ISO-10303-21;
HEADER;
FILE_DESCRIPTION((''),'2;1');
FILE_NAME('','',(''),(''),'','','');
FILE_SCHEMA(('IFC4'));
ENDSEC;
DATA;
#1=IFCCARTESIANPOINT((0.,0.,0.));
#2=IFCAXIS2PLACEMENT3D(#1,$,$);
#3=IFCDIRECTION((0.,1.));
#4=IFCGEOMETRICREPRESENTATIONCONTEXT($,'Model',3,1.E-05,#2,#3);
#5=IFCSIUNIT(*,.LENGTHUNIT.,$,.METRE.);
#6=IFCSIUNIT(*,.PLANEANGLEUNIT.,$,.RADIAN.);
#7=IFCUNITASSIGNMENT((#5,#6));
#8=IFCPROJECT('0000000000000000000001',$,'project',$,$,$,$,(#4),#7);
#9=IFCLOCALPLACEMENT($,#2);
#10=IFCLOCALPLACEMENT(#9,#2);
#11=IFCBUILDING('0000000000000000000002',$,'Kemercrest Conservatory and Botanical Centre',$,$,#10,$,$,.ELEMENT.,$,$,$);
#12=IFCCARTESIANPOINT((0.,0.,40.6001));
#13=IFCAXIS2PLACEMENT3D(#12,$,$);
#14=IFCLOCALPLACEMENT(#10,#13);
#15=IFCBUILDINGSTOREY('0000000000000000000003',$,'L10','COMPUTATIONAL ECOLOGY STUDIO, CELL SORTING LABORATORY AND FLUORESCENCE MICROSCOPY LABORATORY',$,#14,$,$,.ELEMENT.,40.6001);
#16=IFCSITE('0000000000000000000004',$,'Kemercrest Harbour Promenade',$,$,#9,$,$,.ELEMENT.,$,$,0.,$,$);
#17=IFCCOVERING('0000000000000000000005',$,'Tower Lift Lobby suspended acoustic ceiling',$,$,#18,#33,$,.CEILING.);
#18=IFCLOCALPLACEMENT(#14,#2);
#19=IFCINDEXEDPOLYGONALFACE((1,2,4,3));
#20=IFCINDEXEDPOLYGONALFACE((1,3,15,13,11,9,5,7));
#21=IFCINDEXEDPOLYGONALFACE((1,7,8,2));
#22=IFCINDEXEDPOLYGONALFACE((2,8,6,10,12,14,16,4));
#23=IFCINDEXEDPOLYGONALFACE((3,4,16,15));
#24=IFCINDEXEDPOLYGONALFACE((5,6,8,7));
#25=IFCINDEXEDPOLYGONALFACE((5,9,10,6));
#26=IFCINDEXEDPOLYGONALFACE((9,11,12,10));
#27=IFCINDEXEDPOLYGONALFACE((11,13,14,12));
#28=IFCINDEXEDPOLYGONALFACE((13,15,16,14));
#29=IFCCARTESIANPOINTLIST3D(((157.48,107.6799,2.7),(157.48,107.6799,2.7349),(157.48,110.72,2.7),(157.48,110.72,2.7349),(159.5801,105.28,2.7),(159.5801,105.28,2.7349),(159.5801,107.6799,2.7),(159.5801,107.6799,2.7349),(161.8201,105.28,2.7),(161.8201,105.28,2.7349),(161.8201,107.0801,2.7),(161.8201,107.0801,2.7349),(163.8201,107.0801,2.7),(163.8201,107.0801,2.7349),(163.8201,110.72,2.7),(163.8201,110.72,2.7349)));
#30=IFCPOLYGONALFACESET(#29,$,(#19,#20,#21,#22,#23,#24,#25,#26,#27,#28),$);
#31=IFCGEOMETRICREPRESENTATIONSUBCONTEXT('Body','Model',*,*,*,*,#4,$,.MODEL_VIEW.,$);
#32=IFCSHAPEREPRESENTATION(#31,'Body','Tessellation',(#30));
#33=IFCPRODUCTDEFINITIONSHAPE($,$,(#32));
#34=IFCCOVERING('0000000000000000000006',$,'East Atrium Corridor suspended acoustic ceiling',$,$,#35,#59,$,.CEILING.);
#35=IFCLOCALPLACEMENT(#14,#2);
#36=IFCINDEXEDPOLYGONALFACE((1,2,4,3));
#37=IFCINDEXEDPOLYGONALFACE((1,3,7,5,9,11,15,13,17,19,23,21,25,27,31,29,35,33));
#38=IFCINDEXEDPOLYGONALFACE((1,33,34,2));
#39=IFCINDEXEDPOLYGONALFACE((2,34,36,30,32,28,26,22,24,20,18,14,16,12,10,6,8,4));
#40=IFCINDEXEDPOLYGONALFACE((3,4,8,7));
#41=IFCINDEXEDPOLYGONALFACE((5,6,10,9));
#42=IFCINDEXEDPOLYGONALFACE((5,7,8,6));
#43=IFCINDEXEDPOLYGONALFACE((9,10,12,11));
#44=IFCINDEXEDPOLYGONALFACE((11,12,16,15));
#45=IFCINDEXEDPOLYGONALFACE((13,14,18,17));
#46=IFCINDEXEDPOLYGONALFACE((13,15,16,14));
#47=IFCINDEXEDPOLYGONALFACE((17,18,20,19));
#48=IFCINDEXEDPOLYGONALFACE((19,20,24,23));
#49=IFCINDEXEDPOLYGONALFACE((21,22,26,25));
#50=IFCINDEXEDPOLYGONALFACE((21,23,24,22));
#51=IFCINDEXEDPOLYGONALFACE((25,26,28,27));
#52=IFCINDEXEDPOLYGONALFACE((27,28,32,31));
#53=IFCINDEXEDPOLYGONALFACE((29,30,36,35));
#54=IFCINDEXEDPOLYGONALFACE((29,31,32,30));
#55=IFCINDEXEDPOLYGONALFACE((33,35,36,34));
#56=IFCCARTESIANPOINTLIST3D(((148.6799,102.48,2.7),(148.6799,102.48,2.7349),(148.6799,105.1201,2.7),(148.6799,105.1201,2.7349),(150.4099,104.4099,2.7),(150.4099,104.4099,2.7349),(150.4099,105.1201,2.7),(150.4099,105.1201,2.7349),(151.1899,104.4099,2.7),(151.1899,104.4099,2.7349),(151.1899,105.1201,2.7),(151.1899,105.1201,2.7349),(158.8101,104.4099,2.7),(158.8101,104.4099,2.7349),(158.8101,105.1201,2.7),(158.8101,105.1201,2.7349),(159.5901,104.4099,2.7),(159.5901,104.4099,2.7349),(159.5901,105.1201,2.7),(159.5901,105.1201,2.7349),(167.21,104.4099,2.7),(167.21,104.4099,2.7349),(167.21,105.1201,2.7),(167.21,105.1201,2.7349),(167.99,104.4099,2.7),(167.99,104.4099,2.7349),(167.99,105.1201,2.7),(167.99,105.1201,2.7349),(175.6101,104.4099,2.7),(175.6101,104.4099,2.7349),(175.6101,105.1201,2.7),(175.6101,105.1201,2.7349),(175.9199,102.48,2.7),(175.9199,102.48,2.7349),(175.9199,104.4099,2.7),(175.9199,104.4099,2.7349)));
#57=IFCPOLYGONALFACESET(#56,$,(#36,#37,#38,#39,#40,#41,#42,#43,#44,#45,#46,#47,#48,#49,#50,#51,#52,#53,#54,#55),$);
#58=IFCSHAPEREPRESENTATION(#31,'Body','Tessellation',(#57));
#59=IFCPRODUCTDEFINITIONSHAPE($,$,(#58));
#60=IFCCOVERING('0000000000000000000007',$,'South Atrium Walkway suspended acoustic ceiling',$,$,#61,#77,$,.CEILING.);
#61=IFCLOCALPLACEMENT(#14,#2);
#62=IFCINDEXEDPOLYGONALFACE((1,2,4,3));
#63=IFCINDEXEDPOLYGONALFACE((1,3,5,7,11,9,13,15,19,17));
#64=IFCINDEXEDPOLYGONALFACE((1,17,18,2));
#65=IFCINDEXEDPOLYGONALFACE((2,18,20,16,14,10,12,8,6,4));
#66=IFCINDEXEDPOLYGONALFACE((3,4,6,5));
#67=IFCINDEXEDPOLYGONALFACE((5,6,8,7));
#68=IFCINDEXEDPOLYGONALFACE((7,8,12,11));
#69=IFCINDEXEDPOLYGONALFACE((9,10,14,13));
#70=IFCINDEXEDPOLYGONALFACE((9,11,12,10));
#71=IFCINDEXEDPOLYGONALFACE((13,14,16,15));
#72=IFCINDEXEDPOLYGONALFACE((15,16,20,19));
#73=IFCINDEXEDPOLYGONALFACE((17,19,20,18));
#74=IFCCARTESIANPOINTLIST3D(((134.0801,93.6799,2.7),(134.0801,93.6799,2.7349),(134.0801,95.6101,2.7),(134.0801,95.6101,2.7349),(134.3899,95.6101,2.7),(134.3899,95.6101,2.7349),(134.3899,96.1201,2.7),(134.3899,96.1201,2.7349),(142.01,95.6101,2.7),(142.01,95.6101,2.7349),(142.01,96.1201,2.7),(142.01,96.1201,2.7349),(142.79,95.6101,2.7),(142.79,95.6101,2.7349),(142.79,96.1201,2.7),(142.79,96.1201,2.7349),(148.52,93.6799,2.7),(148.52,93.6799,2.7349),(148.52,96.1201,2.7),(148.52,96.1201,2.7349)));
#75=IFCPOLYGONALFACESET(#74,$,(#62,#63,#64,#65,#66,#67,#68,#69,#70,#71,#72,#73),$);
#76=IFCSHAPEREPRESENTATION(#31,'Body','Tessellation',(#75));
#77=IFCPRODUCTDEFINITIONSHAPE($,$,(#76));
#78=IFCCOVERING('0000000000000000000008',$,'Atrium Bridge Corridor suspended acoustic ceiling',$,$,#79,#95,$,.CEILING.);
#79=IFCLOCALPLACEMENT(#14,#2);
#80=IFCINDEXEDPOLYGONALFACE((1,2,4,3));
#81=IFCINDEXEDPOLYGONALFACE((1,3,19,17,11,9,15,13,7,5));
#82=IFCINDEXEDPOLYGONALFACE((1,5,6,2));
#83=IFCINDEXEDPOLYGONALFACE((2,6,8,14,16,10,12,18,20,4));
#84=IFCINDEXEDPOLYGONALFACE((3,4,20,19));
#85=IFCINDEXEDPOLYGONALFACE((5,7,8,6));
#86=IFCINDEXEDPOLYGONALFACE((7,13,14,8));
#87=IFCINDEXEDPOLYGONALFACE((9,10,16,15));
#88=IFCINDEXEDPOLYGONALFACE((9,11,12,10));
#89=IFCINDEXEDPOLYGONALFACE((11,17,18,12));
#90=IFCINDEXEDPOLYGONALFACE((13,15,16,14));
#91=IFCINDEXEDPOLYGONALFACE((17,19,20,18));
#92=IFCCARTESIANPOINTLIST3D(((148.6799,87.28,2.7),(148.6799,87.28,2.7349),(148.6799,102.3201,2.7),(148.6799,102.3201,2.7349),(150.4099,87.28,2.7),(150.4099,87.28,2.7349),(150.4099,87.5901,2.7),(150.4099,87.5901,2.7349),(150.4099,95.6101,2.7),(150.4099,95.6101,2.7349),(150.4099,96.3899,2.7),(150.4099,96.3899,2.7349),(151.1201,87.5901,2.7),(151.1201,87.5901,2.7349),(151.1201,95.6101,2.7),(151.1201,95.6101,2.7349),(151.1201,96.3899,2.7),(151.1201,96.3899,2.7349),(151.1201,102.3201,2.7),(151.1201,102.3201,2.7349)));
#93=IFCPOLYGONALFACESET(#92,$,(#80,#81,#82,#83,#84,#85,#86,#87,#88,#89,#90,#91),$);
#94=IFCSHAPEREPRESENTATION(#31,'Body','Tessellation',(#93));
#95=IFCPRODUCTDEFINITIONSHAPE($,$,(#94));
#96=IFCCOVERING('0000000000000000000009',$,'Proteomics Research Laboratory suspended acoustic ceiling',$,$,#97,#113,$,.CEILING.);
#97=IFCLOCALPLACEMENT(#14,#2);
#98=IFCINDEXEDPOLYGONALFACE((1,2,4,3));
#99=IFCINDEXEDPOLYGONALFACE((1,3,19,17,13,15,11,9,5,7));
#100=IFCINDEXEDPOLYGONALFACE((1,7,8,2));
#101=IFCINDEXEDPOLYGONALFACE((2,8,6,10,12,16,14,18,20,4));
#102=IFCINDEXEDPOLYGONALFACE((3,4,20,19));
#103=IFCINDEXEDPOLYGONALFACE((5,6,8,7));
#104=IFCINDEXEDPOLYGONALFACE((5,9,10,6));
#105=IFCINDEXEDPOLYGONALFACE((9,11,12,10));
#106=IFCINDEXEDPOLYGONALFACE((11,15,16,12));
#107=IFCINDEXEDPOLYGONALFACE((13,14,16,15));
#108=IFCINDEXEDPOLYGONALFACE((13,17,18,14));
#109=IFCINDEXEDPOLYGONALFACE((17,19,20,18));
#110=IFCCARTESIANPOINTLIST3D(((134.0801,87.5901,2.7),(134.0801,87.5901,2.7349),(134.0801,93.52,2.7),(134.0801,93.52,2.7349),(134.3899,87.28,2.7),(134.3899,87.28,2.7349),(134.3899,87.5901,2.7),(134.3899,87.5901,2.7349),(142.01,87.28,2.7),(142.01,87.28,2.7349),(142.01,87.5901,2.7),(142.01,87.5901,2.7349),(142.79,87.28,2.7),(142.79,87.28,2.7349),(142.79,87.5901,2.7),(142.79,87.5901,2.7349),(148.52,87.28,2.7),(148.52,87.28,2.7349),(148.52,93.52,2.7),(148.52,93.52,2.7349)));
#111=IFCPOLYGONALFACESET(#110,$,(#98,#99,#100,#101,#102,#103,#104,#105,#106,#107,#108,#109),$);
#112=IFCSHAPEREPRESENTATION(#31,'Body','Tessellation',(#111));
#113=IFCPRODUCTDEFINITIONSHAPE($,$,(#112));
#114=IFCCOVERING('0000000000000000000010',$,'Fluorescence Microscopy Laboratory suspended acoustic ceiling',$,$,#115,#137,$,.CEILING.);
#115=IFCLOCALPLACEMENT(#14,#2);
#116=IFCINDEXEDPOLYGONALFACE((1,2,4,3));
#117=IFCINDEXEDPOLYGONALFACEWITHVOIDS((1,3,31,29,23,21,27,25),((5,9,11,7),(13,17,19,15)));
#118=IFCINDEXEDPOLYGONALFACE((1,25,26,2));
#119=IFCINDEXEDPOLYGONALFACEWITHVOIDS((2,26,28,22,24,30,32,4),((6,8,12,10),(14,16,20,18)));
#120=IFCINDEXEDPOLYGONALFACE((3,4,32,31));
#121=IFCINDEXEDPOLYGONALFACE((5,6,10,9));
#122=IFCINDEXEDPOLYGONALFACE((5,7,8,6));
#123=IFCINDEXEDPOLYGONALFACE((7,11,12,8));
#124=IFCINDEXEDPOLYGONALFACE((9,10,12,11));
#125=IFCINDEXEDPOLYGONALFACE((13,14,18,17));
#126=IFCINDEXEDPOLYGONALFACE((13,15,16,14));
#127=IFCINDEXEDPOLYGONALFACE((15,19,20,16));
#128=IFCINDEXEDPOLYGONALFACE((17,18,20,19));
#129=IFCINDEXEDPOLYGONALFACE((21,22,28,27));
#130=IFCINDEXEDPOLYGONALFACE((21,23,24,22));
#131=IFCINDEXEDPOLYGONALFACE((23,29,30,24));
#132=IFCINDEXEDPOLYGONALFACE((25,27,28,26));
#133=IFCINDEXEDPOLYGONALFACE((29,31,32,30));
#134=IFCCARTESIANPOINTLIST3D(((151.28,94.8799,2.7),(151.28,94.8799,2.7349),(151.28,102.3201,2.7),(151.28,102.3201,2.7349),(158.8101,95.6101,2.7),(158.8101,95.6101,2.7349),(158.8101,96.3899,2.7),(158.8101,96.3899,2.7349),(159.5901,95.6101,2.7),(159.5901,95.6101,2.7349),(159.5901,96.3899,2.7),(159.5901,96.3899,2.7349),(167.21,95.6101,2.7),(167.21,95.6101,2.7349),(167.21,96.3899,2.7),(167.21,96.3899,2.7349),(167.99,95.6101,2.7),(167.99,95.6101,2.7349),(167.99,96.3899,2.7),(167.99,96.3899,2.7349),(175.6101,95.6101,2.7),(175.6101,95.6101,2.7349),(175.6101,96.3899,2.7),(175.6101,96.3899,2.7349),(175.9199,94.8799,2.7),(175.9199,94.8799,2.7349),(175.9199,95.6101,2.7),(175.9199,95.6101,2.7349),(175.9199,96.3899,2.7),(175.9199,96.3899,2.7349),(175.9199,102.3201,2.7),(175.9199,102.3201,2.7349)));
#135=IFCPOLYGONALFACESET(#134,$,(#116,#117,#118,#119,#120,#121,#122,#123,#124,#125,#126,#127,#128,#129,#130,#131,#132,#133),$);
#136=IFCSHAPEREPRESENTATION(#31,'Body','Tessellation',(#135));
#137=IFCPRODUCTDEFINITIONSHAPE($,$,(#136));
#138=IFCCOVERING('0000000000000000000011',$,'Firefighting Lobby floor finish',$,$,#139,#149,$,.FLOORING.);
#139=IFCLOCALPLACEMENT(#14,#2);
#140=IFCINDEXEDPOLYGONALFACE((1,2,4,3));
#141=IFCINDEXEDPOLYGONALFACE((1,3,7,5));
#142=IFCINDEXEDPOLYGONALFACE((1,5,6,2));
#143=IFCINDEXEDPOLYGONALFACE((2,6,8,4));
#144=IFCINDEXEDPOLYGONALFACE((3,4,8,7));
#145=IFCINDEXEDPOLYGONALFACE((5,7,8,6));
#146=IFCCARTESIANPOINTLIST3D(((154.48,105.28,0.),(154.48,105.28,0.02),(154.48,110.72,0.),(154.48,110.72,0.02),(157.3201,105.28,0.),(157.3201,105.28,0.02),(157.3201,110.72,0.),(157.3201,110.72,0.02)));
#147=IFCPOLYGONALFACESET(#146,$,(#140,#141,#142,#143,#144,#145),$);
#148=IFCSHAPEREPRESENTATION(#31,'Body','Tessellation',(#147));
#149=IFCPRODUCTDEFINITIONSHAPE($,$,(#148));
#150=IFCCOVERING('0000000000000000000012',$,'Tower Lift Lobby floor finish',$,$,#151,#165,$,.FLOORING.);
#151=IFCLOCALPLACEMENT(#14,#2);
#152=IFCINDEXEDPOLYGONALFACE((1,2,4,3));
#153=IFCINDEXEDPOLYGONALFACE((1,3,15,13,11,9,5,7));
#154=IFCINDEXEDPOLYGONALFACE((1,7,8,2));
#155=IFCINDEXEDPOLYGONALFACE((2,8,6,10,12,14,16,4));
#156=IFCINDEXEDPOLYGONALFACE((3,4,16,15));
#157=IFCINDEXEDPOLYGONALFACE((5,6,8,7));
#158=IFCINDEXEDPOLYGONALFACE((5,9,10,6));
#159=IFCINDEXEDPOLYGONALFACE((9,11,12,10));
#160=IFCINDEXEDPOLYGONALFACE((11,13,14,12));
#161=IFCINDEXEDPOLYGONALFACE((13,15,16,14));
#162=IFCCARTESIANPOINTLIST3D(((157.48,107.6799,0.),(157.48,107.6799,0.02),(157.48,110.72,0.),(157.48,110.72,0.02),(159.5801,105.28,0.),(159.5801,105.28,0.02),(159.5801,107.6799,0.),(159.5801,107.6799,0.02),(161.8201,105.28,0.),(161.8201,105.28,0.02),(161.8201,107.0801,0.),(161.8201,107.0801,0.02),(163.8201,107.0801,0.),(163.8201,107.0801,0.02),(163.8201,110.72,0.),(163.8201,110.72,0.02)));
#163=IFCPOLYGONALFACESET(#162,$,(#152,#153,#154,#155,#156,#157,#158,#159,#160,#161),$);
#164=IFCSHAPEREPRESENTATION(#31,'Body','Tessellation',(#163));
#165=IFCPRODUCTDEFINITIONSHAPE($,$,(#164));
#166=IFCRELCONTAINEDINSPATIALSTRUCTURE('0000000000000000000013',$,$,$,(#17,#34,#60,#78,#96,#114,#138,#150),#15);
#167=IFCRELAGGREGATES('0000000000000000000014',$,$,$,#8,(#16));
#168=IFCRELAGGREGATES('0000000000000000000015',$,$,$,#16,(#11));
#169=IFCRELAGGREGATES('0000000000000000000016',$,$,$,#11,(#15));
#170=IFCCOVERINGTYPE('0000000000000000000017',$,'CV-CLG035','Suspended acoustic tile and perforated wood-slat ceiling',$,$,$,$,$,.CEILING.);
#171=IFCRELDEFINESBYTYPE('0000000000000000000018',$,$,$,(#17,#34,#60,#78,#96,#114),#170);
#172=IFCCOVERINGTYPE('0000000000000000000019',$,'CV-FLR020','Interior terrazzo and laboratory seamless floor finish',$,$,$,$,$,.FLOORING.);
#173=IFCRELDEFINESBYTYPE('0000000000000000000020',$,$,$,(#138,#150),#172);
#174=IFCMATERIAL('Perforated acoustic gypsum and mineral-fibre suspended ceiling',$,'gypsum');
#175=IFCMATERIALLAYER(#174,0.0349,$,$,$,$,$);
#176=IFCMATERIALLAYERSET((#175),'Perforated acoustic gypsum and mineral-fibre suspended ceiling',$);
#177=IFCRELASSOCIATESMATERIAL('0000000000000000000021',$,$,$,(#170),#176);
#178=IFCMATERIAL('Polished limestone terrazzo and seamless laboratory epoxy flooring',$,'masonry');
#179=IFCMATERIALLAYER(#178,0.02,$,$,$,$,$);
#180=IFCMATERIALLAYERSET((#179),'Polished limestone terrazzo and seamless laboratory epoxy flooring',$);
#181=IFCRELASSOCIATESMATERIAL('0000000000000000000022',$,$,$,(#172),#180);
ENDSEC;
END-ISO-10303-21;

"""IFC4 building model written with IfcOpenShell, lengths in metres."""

from ifc_helpers import new_model, si_unit, direction, frame, origin, place, context, subcontext, project, spatial, polyline, outline, extrude, material, layer, layer_set, type_object, element, save


model = new_model("IFC4")

# Units and contexts
model_context = context("Model", 3, precision=1e-05, world=origin(), true_north=direction((0.0, 1.0)))
body_context = subcontext(model_context, "Body", "Model", "MODEL_VIEW")
ifc_project = project(units=[si_unit("LENGTHUNIT", "METRE"), si_unit("PLANEANGLEUNIT", "RADIAN")], contexts=[model_context])

# Site, building, storey
site_placement = place(None, origin())
site = spatial("IfcSite", under=ifc_project, at=site_placement, Name="Kemercrest Harbour Promenade", CompositionType="ELEMENT", RefElevation=0.0)
building_placement = place(site_placement, origin())
building = spatial("IfcBuilding", under=site, at=building_placement, Name="Kemercrest Conservatory and Botanical Centre", CompositionType="ELEMENT")
storey_placement = place(building_placement, frame((0.0, 0.0, 40.6001)))
storey = spatial("IfcBuildingStorey", under=building, at=storey_placement, Name="L10", Description="COMPUTATIONAL ECOLOGY STUDIO, CELL SORTING LABORATORY AND FLUORESCENCE MICROSCOPY LABORATORY", CompositionType="ELEMENT", Elevation=40.6001)

# Coverings
ifc_material_1 = material(Name="Perforated acoustic gypsum and mineral-fibre suspended ceiling", Category="gypsum")
ifc_layer_1 = layer(ifc_material_1, 0.0349)
ifc_layer_set_1 = layer_set([ifc_layer_1], Name="Perforated acoustic gypsum and mineral-fibre suspended ceiling")
covering_type_1 = type_object("IfcCoveringType", Name="CV-CLG035", Description="Suspended acoustic tile and perforated wood-slat ceiling", PredefinedType="CEILING", material=ifc_layer_set_1)
covering_1_placement = place(storey_placement, frame((0.0, 0.0, 2.7)))
element("IfcCovering", 1, at=covering_1_placement, inside=storey, type_object=covering_type_1, Name="Tower Lift Lobby suspended acoustic ceiling", PredefinedType="CEILING", context=body_context, shape_type="SweptSolid", body=[
    extrude(outline(polyline([(159.5801, 107.6799), (159.5801, 105.28), (161.8201, 105.28), (161.8201, 107.0801), (163.8201, 107.0801), (163.8201, 110.72), (157.48, 110.72), (157.48, 107.6799), (159.5801, 107.6799)])), origin(), (0.0, 0.0, 1.0), 0.0349),
])
covering_2_placement = place(storey_placement, frame((0.0, 0.0, 2.7)))
element("IfcCovering", 2, at=covering_2_placement, inside=storey, type_object=covering_type_1, Name="East Atrium Corridor suspended acoustic ceiling", PredefinedType="CEILING", context=body_context, shape_type="SweptSolid", body=[
    extrude(outline(polyline([(148.6799, 102.48), (175.9199, 102.48), (175.9199, 104.4099), (175.6101, 104.4099), (175.6101, 105.1201), (167.99, 105.1201), (167.99, 104.4099), (167.21, 104.4099), (167.21, 105.1201), (159.5901, 105.1201), (159.5901, 104.4099), (158.8101, 104.4099), (158.8101, 105.1201), (151.1899, 105.1201), (151.1899, 104.4099), (150.4099, 104.4099), (150.4099, 105.1201), (148.6799, 105.1201), (148.6799, 102.48)])), origin(), (0.0, 0.0, 1.0), 0.0349),
])
covering_3_placement = place(storey_placement, frame((0.0, 0.0, 2.7)))
element("IfcCovering", 3, at=covering_3_placement, inside=storey, type_object=covering_type_1, Name="South Atrium Walkway suspended acoustic ceiling", PredefinedType="CEILING", context=body_context, shape_type="SweptSolid", body=[
    extrude(outline(polyline([(134.0801, 93.6799), (148.52, 93.6799), (148.52, 96.1201), (142.79, 96.1201), (142.79, 95.6101), (142.01, 95.6101), (142.01, 96.1201), (134.3899, 96.1201), (134.3899, 95.6101), (134.0801, 95.6101), (134.0801, 93.6799)])), origin(), (0.0, 0.0, 1.0), 0.0349),
])
covering_4_placement = place(storey_placement, frame((0.0, 0.0, 2.7)))
element("IfcCovering", 4, at=covering_4_placement, inside=storey, type_object=covering_type_1, Name="Atrium Bridge Corridor suspended acoustic ceiling", PredefinedType="CEILING", context=body_context, shape_type="SweptSolid", body=[
    extrude(outline(polyline([(148.6799, 87.28), (150.4099, 87.28), (150.4099, 87.5901), (151.1201, 87.5901), (151.1201, 95.6101), (150.4099, 95.6101), (150.4099, 96.3899), (151.1201, 96.3899), (151.1201, 102.3201), (148.6799, 102.3201), (148.6799, 87.28)])), origin(), (0.0, 0.0, 1.0), 0.0349),
])
covering_5_placement = place(storey_placement, frame((0.0, 0.0, 2.7)))
element("IfcCovering", 5, at=covering_5_placement, inside=storey, type_object=covering_type_1, Name="Proteomics Research Laboratory suspended acoustic ceiling", PredefinedType="CEILING", context=body_context, shape_type="SweptSolid", body=[
    extrude(outline(polyline([(142.79, 87.28), (148.52, 87.28), (148.52, 93.52), (134.0801, 93.52), (134.0801, 87.5901), (134.3899, 87.5901), (134.3899, 87.28), (142.01, 87.28), (142.01, 87.5901), (142.79, 87.5901), (142.79, 87.28)])), origin(), (0.0, 0.0, 1.0), 0.0349),
])
covering_6_placement = place(storey_placement, frame((0.0, 0.0, 2.7)))
element("IfcCovering", 6, at=covering_6_placement, inside=storey, type_object=covering_type_1, Name="Fluorescence Microscopy Laboratory suspended acoustic ceiling", PredefinedType="CEILING", context=body_context, shape_type="SweptSolid", body=[
    extrude(outline(polyline([(175.9199, 102.3201), (151.28, 102.3201), (151.28, 94.8799), (175.9199, 94.8799), (175.9199, 95.6101), (175.6101, 95.6101), (175.6101, 96.3899), (175.9199, 96.3899), (175.9199, 102.3201)]), holes=[polyline([(167.21, 96.3899), (167.99, 96.3899), (167.99, 95.6101), (167.21, 95.6101), (167.21, 96.3899)]), polyline([(158.8101, 96.3899), (159.5901, 96.3899), (159.5901, 95.6101), (158.8101, 95.6101), (158.8101, 96.3899)])]), origin(), (0.0, 0.0, 1.0), 0.0349),
])
ifc_material_2 = material(Name="Polished limestone terrazzo and seamless laboratory epoxy flooring", Category="masonry")
ifc_layer_2 = layer(ifc_material_2, 0.02)
ifc_layer_set_2 = layer_set([ifc_layer_2], Name="Polished limestone terrazzo and seamless laboratory epoxy flooring")
covering_type_2 = type_object("IfcCoveringType", Name="CV-FLR020", Description="Interior terrazzo and laboratory seamless floor finish", PredefinedType="FLOORING", material=ifc_layer_set_2)
covering_7_placement = place(storey_placement, origin())
element("IfcCovering", 7, at=covering_7_placement, inside=storey, type_object=covering_type_2, Name="Firefighting Lobby floor finish", PredefinedType="FLOORING", context=body_context, shape_type="SweptSolid", body=[
    extrude(outline(polyline([(154.48, 105.28), (157.3201, 105.28), (157.3201, 110.72), (154.48, 110.72), (154.48, 105.28)])), origin(), (0.0, 0.0, 1.0), 0.02),
])
covering_8_placement = place(storey_placement, origin())
element("IfcCovering", 8, at=covering_8_placement, inside=storey, type_object=covering_type_2, Name="Tower Lift Lobby floor finish", PredefinedType="FLOORING", context=body_context, shape_type="SweptSolid", body=[
    extrude(outline(polyline([(159.5801, 107.6799), (159.5801, 105.28), (161.8201, 105.28), (161.8201, 107.0801), (163.8201, 107.0801), (163.8201, 110.72), (157.48, 110.72), (157.48, 107.6799), (159.5801, 107.6799)])), origin(), (0.0, 0.0, 1.0), 0.02),
])

save(model, "model.ifc")
